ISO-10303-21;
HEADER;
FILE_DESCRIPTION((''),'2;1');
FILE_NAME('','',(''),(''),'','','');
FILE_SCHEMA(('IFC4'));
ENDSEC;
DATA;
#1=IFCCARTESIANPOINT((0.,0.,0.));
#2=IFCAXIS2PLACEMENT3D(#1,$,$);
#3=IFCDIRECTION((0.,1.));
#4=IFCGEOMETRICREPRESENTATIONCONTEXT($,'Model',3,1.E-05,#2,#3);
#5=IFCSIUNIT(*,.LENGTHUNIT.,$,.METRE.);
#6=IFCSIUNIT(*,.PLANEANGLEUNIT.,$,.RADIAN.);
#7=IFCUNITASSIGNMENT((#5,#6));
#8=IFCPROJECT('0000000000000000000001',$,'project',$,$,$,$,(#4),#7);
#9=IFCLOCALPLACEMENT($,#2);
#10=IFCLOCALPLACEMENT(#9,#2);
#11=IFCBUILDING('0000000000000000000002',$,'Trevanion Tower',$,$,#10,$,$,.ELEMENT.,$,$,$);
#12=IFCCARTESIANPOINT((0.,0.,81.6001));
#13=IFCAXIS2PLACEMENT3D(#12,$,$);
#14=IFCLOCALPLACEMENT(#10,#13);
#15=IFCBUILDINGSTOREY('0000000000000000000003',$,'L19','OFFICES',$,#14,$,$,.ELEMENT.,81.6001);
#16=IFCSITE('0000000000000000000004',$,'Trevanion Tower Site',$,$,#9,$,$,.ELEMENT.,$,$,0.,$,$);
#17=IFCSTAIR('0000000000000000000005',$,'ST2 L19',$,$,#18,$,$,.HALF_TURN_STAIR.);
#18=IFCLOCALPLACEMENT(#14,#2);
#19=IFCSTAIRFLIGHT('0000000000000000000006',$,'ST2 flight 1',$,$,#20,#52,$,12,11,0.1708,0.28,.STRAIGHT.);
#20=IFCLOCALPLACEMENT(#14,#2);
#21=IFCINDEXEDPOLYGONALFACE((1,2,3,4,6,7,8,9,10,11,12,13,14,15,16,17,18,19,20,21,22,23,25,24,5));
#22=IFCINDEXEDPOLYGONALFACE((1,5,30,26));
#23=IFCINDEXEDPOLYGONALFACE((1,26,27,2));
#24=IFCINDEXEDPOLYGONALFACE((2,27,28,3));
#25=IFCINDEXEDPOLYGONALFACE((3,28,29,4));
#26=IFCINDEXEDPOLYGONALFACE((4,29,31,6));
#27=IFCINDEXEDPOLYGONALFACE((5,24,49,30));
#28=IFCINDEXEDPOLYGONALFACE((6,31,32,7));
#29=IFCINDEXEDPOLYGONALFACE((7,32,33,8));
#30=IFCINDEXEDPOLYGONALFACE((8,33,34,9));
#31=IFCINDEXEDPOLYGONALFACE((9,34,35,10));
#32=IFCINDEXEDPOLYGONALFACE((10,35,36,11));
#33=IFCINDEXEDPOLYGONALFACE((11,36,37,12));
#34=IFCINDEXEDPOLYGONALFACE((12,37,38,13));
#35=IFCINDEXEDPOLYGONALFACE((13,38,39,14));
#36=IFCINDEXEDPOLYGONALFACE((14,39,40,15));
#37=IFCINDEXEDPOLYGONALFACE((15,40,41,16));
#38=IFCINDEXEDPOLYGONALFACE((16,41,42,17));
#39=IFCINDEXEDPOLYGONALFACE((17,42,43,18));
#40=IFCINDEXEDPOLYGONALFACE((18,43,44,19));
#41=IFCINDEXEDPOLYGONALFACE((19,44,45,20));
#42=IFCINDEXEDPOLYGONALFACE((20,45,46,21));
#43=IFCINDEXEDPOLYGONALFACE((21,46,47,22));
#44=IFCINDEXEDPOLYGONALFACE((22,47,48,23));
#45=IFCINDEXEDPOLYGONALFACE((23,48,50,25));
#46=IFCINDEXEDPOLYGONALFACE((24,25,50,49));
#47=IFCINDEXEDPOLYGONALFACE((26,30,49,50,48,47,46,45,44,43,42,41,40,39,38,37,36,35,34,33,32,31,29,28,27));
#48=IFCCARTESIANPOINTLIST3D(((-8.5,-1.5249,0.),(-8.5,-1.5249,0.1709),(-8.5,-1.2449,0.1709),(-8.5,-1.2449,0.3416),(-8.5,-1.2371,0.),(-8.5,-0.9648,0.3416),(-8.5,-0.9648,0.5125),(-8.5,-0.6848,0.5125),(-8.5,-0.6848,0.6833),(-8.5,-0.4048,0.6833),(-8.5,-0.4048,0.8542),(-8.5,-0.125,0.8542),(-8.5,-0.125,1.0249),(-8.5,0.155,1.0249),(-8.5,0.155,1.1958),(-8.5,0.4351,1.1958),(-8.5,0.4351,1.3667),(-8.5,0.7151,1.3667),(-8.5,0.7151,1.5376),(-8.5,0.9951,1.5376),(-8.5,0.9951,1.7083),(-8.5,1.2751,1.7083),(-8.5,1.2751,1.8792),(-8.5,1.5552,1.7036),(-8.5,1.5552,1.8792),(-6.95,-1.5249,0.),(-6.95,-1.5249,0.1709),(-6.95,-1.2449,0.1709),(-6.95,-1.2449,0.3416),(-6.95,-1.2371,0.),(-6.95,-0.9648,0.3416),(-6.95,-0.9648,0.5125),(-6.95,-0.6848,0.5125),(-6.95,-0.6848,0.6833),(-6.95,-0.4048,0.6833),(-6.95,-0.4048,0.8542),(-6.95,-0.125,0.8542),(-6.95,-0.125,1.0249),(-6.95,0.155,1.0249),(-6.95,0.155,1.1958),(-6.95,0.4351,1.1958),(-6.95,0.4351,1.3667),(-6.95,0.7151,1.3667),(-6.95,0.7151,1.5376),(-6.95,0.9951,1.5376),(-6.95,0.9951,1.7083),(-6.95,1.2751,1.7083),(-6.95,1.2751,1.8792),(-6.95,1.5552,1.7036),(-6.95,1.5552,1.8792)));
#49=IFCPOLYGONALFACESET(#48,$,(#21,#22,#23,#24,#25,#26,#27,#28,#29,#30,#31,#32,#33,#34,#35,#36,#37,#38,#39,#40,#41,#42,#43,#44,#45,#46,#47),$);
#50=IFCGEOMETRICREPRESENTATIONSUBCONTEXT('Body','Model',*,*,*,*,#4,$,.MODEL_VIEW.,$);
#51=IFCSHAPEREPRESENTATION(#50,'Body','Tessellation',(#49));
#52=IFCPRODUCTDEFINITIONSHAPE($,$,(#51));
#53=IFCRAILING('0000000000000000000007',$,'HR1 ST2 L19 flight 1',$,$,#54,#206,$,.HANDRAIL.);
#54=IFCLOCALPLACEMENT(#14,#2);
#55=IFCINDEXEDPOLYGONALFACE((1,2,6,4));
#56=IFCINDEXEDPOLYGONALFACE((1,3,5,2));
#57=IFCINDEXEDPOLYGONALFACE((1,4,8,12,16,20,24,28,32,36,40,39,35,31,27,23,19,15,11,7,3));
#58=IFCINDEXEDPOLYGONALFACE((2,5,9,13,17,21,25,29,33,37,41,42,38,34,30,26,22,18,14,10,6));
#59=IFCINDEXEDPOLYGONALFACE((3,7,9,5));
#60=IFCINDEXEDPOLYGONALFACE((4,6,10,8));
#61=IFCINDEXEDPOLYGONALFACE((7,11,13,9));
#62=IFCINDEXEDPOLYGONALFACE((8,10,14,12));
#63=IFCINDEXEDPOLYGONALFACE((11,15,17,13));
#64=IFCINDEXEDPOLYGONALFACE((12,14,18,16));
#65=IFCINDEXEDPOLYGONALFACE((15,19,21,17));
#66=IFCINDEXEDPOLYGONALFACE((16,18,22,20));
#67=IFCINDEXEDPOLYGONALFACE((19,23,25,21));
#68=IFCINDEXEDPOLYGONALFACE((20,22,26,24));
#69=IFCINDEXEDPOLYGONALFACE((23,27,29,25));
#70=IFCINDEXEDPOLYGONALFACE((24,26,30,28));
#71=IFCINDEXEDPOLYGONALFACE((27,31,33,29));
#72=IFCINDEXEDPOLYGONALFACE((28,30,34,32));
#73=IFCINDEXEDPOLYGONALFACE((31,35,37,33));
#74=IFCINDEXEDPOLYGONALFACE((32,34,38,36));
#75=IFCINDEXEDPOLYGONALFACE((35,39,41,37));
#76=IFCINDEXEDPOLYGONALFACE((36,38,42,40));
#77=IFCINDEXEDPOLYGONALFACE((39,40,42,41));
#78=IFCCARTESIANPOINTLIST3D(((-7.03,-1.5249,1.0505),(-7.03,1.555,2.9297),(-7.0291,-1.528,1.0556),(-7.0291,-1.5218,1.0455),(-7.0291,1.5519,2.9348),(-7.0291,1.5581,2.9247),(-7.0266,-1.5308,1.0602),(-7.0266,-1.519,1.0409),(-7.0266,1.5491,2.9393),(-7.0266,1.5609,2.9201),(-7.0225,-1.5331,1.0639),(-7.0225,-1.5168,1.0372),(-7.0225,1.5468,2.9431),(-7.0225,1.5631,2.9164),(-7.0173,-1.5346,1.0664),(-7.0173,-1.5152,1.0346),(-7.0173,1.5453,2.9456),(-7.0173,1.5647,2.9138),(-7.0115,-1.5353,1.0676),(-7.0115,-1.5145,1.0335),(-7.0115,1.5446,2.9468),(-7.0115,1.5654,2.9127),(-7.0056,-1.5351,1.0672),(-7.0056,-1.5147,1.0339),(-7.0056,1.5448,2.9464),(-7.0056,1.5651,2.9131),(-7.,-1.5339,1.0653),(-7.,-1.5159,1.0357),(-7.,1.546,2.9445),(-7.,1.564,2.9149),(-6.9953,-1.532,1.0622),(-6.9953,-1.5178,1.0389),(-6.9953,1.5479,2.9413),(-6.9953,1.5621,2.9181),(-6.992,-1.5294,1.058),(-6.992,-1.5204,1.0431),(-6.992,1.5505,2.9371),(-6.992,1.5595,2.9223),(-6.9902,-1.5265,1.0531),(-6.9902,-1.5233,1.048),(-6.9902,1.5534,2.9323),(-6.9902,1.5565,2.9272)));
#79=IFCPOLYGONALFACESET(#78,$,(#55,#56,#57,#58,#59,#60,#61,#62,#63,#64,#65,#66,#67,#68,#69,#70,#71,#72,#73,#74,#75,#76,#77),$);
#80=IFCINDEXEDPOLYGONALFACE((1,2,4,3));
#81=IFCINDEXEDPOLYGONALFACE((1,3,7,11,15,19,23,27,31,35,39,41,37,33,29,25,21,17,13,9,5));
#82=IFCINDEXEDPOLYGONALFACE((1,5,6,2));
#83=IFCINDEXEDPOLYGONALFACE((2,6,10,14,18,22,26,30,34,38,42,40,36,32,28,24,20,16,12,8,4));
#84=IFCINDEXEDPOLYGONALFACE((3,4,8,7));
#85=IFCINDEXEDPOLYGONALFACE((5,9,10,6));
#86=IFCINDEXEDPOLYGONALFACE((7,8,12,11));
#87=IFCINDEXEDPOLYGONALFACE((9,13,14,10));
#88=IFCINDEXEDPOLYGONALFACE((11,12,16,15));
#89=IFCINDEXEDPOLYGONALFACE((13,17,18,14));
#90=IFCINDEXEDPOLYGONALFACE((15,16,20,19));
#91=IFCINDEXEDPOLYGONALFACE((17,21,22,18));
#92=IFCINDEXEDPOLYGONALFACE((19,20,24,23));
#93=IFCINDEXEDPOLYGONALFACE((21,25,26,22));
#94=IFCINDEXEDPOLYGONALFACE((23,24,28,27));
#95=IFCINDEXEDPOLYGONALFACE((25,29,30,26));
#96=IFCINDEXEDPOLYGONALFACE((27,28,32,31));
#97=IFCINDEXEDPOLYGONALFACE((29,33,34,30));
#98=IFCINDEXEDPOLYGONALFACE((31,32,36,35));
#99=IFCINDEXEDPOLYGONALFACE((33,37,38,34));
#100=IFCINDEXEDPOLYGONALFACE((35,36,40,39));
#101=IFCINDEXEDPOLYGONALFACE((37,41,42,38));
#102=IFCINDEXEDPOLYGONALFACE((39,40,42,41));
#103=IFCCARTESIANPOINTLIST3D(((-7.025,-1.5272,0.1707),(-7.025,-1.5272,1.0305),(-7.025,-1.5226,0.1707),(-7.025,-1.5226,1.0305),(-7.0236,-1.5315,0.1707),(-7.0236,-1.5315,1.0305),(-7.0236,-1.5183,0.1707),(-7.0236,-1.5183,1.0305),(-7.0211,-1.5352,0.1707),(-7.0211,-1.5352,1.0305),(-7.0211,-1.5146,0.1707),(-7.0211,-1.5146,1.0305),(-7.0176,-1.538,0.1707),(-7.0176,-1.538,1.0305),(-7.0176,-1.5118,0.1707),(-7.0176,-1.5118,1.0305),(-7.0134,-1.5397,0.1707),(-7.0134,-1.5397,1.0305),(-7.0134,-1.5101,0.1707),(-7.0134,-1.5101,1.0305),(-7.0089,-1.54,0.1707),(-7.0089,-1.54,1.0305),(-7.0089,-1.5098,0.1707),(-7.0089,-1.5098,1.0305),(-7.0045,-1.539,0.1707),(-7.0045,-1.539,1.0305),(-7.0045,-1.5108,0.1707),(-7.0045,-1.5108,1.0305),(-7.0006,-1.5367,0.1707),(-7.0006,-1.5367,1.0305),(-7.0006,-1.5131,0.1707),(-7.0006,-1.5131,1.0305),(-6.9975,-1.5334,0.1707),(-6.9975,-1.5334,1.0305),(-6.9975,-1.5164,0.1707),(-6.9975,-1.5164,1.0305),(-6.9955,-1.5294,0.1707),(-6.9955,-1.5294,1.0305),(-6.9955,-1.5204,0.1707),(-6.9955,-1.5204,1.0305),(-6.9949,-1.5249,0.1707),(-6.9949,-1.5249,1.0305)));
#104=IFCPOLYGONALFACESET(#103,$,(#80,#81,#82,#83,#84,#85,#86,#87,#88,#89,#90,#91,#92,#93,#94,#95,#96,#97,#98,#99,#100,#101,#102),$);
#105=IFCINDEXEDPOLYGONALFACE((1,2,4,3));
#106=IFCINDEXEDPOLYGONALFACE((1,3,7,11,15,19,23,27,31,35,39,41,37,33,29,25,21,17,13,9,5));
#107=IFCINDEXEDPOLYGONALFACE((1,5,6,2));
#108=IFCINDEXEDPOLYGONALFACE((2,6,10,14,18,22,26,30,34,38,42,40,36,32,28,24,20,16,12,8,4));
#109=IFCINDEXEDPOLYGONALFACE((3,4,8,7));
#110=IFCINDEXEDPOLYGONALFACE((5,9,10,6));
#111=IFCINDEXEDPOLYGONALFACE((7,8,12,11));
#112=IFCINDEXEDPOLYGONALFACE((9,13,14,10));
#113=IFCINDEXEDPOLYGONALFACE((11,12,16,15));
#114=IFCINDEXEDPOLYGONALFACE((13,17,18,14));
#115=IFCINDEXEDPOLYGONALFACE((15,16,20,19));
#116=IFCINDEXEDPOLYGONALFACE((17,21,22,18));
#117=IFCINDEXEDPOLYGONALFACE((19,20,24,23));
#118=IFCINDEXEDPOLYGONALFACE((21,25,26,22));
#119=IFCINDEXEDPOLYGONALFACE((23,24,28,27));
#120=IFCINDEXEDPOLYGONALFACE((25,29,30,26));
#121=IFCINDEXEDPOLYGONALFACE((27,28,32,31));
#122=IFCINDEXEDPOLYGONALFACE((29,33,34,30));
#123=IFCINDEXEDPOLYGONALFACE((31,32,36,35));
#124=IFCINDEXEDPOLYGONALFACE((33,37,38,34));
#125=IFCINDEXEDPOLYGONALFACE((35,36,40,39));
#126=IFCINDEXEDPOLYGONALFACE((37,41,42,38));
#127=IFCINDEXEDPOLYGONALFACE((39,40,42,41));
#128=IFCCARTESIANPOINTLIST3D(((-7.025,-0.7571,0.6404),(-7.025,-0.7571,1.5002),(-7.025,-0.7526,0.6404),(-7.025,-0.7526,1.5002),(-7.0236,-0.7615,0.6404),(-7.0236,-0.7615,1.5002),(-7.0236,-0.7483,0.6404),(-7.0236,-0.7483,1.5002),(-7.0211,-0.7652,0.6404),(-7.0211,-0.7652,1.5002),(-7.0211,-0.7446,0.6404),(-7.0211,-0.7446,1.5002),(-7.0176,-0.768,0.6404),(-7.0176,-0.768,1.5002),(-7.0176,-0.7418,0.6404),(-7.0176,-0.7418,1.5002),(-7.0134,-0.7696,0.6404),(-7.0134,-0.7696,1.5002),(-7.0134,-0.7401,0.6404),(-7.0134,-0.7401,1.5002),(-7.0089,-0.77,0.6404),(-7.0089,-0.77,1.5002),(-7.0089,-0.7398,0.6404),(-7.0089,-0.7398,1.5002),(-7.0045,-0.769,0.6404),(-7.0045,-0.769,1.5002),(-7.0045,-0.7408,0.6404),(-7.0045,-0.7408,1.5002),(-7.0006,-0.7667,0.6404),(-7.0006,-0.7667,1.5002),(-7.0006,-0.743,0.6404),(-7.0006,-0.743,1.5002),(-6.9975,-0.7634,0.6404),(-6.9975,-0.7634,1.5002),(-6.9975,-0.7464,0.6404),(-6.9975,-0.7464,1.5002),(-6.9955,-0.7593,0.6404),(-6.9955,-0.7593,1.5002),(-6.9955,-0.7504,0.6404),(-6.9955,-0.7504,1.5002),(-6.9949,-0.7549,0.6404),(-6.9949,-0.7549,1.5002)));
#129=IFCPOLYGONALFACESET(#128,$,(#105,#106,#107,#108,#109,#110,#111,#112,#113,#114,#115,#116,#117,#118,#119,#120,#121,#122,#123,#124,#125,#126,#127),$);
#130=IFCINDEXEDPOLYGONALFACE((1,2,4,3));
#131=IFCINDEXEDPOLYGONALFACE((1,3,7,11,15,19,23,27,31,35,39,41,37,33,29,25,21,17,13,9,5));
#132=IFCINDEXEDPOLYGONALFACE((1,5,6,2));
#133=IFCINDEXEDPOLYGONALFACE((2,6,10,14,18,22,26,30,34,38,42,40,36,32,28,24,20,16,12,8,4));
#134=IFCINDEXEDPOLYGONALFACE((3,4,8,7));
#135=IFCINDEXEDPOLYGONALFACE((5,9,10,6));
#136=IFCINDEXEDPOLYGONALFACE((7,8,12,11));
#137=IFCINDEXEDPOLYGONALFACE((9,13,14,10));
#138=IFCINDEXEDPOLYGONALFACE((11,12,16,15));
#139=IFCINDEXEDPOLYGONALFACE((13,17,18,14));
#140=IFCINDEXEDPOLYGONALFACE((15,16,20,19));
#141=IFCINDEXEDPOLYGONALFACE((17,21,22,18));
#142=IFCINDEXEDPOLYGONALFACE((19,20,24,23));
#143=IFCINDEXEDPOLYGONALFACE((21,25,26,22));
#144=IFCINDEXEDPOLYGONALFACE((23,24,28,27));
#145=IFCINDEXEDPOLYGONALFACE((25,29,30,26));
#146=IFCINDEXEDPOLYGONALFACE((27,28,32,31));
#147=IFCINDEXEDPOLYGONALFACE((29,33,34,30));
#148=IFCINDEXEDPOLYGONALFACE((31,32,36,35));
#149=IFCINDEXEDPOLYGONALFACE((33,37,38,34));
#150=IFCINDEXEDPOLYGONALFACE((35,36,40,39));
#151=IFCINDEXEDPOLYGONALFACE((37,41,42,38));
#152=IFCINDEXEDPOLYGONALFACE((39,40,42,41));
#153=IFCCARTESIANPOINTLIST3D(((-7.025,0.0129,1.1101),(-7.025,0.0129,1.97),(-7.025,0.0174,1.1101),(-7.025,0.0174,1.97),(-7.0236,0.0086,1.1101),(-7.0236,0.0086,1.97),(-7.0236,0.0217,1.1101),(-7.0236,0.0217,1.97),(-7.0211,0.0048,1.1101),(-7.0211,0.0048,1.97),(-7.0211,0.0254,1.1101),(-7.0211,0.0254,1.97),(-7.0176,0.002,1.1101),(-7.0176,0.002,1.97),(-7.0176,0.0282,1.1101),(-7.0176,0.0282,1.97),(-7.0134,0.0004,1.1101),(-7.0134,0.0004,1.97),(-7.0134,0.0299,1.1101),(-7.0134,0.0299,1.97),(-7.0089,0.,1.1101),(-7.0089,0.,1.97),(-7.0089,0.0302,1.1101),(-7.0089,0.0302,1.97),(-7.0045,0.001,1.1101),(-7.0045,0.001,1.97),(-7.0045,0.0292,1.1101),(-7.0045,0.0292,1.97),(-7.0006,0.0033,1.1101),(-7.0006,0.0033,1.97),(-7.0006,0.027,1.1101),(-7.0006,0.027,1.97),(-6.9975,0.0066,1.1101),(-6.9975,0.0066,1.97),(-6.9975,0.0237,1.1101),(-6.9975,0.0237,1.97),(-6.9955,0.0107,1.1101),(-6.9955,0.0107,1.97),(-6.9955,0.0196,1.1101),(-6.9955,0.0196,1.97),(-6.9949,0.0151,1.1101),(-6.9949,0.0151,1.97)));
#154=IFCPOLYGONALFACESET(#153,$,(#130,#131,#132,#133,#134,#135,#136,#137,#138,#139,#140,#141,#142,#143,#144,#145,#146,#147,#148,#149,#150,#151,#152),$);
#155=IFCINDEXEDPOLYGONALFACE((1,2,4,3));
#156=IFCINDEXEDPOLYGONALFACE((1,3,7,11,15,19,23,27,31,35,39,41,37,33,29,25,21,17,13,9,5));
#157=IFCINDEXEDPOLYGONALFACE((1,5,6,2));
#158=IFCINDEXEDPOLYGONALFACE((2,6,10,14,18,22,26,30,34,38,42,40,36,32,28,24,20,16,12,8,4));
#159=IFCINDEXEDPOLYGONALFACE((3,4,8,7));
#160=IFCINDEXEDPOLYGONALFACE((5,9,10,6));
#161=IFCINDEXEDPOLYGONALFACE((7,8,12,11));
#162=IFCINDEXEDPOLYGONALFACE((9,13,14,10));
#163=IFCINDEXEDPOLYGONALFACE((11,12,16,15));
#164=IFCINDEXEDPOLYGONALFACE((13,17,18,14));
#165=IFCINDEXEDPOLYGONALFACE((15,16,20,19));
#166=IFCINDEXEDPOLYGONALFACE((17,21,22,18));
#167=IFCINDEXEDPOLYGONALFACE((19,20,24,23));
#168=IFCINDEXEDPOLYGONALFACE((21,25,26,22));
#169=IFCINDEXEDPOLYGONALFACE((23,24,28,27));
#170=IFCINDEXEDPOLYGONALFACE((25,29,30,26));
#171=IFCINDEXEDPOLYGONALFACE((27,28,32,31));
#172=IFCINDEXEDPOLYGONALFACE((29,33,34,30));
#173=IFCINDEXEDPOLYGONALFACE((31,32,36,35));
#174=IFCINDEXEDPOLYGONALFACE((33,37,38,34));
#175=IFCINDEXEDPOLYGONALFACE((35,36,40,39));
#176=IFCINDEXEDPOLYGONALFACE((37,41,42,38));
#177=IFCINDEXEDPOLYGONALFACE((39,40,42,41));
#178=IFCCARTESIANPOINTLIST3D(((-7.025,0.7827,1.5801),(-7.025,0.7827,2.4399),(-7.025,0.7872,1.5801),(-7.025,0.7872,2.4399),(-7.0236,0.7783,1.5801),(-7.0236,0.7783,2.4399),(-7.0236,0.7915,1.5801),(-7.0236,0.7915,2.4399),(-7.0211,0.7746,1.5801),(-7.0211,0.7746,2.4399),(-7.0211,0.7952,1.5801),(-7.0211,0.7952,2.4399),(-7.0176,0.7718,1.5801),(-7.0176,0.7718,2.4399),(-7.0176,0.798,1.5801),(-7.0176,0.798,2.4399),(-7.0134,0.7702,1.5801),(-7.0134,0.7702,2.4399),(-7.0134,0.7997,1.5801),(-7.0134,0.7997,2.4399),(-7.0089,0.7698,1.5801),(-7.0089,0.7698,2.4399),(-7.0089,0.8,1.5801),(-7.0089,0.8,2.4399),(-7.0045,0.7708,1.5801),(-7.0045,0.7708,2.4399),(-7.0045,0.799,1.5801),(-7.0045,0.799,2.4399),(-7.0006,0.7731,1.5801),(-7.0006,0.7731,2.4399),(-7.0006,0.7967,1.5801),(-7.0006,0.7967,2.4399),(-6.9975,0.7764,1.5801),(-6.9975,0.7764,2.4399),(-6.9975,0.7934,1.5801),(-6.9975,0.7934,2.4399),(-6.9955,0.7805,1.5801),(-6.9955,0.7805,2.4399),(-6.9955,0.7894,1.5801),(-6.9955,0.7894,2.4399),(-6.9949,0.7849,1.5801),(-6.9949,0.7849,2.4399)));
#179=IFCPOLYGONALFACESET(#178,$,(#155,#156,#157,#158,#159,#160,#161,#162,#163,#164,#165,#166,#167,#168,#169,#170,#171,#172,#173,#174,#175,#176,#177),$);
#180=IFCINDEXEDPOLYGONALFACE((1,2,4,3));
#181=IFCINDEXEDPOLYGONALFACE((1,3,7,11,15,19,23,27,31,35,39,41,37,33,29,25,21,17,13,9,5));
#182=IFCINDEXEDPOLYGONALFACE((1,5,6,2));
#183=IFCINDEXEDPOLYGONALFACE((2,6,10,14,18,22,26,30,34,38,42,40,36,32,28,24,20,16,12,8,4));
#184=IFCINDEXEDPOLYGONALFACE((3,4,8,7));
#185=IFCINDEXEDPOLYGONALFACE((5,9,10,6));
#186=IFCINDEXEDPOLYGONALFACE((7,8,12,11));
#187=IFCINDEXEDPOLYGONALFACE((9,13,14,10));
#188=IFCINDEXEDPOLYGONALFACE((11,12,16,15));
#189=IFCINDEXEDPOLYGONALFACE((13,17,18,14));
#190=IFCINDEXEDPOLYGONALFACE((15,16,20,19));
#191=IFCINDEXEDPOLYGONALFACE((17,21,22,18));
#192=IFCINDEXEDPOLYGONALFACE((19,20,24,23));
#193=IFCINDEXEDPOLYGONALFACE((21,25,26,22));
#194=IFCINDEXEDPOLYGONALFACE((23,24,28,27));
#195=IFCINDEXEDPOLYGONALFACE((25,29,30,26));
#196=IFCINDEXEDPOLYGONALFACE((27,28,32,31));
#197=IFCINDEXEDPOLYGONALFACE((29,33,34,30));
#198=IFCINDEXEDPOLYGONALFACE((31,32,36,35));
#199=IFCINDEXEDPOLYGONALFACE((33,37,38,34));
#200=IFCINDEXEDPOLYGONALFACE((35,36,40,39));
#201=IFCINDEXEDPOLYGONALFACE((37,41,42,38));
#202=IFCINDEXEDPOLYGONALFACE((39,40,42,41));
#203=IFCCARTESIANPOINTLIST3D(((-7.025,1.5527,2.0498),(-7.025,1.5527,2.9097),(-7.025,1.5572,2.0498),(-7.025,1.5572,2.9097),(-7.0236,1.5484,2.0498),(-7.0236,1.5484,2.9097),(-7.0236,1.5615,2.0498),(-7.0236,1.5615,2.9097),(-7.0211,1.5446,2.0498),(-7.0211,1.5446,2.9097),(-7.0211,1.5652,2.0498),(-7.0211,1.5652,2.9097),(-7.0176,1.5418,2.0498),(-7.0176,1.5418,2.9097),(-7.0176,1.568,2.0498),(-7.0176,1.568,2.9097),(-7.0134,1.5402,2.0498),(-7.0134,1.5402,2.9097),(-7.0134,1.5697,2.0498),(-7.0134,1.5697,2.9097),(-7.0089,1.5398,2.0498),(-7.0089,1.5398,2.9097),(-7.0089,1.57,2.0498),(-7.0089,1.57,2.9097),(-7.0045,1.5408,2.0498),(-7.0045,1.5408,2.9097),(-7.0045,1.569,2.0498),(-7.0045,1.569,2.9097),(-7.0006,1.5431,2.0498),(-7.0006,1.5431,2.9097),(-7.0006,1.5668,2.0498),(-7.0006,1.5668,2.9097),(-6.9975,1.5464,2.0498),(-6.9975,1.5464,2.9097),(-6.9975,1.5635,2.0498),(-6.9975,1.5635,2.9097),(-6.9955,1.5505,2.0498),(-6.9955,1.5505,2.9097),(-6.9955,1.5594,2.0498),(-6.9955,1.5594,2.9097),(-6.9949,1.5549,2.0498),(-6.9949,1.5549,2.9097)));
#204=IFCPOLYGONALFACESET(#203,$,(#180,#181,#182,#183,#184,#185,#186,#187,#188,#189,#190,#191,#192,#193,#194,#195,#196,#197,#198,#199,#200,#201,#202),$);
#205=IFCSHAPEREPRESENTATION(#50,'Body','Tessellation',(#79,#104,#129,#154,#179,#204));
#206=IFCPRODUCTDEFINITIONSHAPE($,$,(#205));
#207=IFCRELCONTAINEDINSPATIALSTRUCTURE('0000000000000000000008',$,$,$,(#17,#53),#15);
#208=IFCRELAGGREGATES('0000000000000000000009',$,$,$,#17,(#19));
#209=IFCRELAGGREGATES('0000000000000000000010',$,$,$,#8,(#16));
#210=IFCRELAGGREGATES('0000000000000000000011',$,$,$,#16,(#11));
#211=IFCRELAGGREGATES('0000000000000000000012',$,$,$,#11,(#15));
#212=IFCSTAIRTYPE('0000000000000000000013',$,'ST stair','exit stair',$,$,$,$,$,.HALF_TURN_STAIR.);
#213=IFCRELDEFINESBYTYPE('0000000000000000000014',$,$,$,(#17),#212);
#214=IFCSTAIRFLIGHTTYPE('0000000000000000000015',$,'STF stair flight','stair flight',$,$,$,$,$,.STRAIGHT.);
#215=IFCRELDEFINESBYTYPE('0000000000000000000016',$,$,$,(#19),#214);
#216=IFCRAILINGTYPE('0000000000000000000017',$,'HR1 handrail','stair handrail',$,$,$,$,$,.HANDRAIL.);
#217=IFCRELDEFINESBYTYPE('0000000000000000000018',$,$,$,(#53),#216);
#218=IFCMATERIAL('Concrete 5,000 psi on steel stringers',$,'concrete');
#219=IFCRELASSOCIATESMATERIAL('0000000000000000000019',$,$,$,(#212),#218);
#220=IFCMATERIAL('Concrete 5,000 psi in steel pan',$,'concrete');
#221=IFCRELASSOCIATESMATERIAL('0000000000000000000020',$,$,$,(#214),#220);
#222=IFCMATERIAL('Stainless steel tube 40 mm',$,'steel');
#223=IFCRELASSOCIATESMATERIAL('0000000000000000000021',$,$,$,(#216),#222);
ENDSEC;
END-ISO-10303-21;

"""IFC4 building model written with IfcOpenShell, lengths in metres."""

from ifc_helpers import new_model, si_unit, direction, frame, origin, origin_2d, place, context, subcontext, project, spatial, polyline, circle, outline, extrude, material, type_object, element, aggregate, save


model = new_model("IFC4")

# Units and contexts
model_context = context("Model", 3, precision=1e-05, world=origin(), true_north=direction((0.0, 1.0)))
body_context = subcontext(model_context, "Body", "Model", "MODEL_VIEW")
ifc_project = project(units=[si_unit("LENGTHUNIT", "METRE"), si_unit("PLANEANGLEUNIT", "RADIAN")], contexts=[model_context])

# Site, building, storey
site_placement = place(None, origin())
site = spatial("IfcSite", under=ifc_project, at=site_placement, Name="Trevanion Tower Site", CompositionType="ELEMENT", RefElevation=0.0)
building_placement = place(site_placement, origin())
building = spatial("IfcBuilding", under=site, at=building_placement, Name="Trevanion Tower", CompositionType="ELEMENT")
storey_placement = place(building_placement, frame((0.0, 0.0, 81.6001)))
storey = spatial("IfcBuildingStorey", under=building, at=storey_placement, Name="L19", Description="OFFICES", CompositionType="ELEMENT", Elevation=81.6001)

# Stair, stair flight
ifc_material_1 = material(Name="Concrete 5,000 psi on steel stringers", Category="concrete")
stair_type = type_object("IfcStairType", Name="ST stair", Description="exit stair", PredefinedType="HALF_TURN_STAIR", material=ifc_material_1)
stair_placement = place(storey_placement, origin())
stair = element("IfcStair", 1, at=stair_placement, inside=storey, type_object=stair_type, Name="ST2 L19", PredefinedType="HALF_TURN_STAIR")
ifc_material_2 = material(Name="Concrete 5,000 psi in steel pan", Category="concrete")
stair_flight_type = type_object("IfcStairFlightType", Name="STF stair flight", Description="stair flight", PredefinedType="STRAIGHT", material=ifc_material_2)
stair_flight_placement = place(storey_placement, frame((-7.7251, -1.5249, 0.0), z_axis=(0.0, 0.0, 1.0), x_axis=(0.0, 1.0, 0.0)))
stair_flight = element("IfcStairFlight", 2, at=stair_flight_placement, type_object=stair_flight_type, Name="ST2 flight 1", NumberOfRisers=12, NumberOfTreads=11, PredefinedType="STRAIGHT", RiserHeight=0.1708, TreadLength=0.28, context=body_context, shape_type="SweptSolid", body=[
    extrude(outline(polyline([(0.0, 0.0), (0.0, 0.1709), (0.28, 0.1709), (0.28, 0.3416), (0.5601, 0.3416), (0.5601, 0.5125), (0.8401, 0.5125), (0.8401, 0.6833), (1.1201, 0.6833), (1.1201, 0.8542), (1.3999, 0.8542), (1.3999, 1.0249), (1.6799, 1.0249), (1.6799, 1.1958), (1.96, 1.1958), (1.96, 1.3667), (2.24, 1.3667), (2.24, 1.5376), (2.52, 1.5376), (2.52, 1.7083), (2.8, 1.7083), (2.8, 1.8792), (3.0801, 1.8792), (3.0801, 2.05), (3.0801, 1.7036), (0.2878, 0.0), (0.0, 0.0)])), frame((0.0, 0.7749, 0.0), z_axis=(0.0, -1.0, 0.0), x_axis=(1.0, 0.0, 0.0)), (0.0, 0.0, 1.0), 1.55),
])
aggregate(stair, [stair_flight])

# Railing
ifc_material_3 = material(Name="Stainless steel tube 40 mm", Category="steel")
railing_type = type_object("IfcRailingType", Name="HR1 handrail", Description="stair handrail", PredefinedType="HANDRAIL", material=ifc_material_3)
for number, where, name in (
    (3, (-7.01, -1.5249, 0.1707), "HR1 ST2 L19 flight 1"),
):
    element("IfcRailing", number, at=place(storey_placement, frame(where)), inside=storey, type_object=railing_type, Name=name, PredefinedType="HANDRAIL", context=body_context, shape_type="SweptSolid", body=[
        extrude(circle(Radius=0.02, at=origin_2d()), frame((0.0, 0.0, 0.8799), z_axis=(0.0, 0.853648, 0.52085), x_axis=(-1.0, 0.0, 0.0)), (0.0, 0.0, 1.0), 3.6079),
        extrude(circle(Radius=0.0151, at=origin_2d()), origin(), (0.0, 0.0, 1.0), 0.8599),
        extrude(circle(Radius=0.0151, at=origin_2d()), frame((0.0, 0.77, 0.4697)), (0.0, 0.0, 1.0), 0.8599),
        extrude(circle(Radius=0.0151, at=origin_2d()), frame((0.0, 1.54, 0.9395)), (0.0, 0.0, 1.0), 0.8599),
        extrude(circle(Radius=0.0151, at=origin_2d()), frame((0.0, 2.3098, 1.4094)), (0.0, 0.0, 1.0), 0.8599),
        extrude(circle(Radius=0.0151, at=origin_2d()), frame((0.0, 3.0798, 1.8792)), (0.0, 0.0, 1.0), 0.8599),
    ])

save(model, "model.ifc")
